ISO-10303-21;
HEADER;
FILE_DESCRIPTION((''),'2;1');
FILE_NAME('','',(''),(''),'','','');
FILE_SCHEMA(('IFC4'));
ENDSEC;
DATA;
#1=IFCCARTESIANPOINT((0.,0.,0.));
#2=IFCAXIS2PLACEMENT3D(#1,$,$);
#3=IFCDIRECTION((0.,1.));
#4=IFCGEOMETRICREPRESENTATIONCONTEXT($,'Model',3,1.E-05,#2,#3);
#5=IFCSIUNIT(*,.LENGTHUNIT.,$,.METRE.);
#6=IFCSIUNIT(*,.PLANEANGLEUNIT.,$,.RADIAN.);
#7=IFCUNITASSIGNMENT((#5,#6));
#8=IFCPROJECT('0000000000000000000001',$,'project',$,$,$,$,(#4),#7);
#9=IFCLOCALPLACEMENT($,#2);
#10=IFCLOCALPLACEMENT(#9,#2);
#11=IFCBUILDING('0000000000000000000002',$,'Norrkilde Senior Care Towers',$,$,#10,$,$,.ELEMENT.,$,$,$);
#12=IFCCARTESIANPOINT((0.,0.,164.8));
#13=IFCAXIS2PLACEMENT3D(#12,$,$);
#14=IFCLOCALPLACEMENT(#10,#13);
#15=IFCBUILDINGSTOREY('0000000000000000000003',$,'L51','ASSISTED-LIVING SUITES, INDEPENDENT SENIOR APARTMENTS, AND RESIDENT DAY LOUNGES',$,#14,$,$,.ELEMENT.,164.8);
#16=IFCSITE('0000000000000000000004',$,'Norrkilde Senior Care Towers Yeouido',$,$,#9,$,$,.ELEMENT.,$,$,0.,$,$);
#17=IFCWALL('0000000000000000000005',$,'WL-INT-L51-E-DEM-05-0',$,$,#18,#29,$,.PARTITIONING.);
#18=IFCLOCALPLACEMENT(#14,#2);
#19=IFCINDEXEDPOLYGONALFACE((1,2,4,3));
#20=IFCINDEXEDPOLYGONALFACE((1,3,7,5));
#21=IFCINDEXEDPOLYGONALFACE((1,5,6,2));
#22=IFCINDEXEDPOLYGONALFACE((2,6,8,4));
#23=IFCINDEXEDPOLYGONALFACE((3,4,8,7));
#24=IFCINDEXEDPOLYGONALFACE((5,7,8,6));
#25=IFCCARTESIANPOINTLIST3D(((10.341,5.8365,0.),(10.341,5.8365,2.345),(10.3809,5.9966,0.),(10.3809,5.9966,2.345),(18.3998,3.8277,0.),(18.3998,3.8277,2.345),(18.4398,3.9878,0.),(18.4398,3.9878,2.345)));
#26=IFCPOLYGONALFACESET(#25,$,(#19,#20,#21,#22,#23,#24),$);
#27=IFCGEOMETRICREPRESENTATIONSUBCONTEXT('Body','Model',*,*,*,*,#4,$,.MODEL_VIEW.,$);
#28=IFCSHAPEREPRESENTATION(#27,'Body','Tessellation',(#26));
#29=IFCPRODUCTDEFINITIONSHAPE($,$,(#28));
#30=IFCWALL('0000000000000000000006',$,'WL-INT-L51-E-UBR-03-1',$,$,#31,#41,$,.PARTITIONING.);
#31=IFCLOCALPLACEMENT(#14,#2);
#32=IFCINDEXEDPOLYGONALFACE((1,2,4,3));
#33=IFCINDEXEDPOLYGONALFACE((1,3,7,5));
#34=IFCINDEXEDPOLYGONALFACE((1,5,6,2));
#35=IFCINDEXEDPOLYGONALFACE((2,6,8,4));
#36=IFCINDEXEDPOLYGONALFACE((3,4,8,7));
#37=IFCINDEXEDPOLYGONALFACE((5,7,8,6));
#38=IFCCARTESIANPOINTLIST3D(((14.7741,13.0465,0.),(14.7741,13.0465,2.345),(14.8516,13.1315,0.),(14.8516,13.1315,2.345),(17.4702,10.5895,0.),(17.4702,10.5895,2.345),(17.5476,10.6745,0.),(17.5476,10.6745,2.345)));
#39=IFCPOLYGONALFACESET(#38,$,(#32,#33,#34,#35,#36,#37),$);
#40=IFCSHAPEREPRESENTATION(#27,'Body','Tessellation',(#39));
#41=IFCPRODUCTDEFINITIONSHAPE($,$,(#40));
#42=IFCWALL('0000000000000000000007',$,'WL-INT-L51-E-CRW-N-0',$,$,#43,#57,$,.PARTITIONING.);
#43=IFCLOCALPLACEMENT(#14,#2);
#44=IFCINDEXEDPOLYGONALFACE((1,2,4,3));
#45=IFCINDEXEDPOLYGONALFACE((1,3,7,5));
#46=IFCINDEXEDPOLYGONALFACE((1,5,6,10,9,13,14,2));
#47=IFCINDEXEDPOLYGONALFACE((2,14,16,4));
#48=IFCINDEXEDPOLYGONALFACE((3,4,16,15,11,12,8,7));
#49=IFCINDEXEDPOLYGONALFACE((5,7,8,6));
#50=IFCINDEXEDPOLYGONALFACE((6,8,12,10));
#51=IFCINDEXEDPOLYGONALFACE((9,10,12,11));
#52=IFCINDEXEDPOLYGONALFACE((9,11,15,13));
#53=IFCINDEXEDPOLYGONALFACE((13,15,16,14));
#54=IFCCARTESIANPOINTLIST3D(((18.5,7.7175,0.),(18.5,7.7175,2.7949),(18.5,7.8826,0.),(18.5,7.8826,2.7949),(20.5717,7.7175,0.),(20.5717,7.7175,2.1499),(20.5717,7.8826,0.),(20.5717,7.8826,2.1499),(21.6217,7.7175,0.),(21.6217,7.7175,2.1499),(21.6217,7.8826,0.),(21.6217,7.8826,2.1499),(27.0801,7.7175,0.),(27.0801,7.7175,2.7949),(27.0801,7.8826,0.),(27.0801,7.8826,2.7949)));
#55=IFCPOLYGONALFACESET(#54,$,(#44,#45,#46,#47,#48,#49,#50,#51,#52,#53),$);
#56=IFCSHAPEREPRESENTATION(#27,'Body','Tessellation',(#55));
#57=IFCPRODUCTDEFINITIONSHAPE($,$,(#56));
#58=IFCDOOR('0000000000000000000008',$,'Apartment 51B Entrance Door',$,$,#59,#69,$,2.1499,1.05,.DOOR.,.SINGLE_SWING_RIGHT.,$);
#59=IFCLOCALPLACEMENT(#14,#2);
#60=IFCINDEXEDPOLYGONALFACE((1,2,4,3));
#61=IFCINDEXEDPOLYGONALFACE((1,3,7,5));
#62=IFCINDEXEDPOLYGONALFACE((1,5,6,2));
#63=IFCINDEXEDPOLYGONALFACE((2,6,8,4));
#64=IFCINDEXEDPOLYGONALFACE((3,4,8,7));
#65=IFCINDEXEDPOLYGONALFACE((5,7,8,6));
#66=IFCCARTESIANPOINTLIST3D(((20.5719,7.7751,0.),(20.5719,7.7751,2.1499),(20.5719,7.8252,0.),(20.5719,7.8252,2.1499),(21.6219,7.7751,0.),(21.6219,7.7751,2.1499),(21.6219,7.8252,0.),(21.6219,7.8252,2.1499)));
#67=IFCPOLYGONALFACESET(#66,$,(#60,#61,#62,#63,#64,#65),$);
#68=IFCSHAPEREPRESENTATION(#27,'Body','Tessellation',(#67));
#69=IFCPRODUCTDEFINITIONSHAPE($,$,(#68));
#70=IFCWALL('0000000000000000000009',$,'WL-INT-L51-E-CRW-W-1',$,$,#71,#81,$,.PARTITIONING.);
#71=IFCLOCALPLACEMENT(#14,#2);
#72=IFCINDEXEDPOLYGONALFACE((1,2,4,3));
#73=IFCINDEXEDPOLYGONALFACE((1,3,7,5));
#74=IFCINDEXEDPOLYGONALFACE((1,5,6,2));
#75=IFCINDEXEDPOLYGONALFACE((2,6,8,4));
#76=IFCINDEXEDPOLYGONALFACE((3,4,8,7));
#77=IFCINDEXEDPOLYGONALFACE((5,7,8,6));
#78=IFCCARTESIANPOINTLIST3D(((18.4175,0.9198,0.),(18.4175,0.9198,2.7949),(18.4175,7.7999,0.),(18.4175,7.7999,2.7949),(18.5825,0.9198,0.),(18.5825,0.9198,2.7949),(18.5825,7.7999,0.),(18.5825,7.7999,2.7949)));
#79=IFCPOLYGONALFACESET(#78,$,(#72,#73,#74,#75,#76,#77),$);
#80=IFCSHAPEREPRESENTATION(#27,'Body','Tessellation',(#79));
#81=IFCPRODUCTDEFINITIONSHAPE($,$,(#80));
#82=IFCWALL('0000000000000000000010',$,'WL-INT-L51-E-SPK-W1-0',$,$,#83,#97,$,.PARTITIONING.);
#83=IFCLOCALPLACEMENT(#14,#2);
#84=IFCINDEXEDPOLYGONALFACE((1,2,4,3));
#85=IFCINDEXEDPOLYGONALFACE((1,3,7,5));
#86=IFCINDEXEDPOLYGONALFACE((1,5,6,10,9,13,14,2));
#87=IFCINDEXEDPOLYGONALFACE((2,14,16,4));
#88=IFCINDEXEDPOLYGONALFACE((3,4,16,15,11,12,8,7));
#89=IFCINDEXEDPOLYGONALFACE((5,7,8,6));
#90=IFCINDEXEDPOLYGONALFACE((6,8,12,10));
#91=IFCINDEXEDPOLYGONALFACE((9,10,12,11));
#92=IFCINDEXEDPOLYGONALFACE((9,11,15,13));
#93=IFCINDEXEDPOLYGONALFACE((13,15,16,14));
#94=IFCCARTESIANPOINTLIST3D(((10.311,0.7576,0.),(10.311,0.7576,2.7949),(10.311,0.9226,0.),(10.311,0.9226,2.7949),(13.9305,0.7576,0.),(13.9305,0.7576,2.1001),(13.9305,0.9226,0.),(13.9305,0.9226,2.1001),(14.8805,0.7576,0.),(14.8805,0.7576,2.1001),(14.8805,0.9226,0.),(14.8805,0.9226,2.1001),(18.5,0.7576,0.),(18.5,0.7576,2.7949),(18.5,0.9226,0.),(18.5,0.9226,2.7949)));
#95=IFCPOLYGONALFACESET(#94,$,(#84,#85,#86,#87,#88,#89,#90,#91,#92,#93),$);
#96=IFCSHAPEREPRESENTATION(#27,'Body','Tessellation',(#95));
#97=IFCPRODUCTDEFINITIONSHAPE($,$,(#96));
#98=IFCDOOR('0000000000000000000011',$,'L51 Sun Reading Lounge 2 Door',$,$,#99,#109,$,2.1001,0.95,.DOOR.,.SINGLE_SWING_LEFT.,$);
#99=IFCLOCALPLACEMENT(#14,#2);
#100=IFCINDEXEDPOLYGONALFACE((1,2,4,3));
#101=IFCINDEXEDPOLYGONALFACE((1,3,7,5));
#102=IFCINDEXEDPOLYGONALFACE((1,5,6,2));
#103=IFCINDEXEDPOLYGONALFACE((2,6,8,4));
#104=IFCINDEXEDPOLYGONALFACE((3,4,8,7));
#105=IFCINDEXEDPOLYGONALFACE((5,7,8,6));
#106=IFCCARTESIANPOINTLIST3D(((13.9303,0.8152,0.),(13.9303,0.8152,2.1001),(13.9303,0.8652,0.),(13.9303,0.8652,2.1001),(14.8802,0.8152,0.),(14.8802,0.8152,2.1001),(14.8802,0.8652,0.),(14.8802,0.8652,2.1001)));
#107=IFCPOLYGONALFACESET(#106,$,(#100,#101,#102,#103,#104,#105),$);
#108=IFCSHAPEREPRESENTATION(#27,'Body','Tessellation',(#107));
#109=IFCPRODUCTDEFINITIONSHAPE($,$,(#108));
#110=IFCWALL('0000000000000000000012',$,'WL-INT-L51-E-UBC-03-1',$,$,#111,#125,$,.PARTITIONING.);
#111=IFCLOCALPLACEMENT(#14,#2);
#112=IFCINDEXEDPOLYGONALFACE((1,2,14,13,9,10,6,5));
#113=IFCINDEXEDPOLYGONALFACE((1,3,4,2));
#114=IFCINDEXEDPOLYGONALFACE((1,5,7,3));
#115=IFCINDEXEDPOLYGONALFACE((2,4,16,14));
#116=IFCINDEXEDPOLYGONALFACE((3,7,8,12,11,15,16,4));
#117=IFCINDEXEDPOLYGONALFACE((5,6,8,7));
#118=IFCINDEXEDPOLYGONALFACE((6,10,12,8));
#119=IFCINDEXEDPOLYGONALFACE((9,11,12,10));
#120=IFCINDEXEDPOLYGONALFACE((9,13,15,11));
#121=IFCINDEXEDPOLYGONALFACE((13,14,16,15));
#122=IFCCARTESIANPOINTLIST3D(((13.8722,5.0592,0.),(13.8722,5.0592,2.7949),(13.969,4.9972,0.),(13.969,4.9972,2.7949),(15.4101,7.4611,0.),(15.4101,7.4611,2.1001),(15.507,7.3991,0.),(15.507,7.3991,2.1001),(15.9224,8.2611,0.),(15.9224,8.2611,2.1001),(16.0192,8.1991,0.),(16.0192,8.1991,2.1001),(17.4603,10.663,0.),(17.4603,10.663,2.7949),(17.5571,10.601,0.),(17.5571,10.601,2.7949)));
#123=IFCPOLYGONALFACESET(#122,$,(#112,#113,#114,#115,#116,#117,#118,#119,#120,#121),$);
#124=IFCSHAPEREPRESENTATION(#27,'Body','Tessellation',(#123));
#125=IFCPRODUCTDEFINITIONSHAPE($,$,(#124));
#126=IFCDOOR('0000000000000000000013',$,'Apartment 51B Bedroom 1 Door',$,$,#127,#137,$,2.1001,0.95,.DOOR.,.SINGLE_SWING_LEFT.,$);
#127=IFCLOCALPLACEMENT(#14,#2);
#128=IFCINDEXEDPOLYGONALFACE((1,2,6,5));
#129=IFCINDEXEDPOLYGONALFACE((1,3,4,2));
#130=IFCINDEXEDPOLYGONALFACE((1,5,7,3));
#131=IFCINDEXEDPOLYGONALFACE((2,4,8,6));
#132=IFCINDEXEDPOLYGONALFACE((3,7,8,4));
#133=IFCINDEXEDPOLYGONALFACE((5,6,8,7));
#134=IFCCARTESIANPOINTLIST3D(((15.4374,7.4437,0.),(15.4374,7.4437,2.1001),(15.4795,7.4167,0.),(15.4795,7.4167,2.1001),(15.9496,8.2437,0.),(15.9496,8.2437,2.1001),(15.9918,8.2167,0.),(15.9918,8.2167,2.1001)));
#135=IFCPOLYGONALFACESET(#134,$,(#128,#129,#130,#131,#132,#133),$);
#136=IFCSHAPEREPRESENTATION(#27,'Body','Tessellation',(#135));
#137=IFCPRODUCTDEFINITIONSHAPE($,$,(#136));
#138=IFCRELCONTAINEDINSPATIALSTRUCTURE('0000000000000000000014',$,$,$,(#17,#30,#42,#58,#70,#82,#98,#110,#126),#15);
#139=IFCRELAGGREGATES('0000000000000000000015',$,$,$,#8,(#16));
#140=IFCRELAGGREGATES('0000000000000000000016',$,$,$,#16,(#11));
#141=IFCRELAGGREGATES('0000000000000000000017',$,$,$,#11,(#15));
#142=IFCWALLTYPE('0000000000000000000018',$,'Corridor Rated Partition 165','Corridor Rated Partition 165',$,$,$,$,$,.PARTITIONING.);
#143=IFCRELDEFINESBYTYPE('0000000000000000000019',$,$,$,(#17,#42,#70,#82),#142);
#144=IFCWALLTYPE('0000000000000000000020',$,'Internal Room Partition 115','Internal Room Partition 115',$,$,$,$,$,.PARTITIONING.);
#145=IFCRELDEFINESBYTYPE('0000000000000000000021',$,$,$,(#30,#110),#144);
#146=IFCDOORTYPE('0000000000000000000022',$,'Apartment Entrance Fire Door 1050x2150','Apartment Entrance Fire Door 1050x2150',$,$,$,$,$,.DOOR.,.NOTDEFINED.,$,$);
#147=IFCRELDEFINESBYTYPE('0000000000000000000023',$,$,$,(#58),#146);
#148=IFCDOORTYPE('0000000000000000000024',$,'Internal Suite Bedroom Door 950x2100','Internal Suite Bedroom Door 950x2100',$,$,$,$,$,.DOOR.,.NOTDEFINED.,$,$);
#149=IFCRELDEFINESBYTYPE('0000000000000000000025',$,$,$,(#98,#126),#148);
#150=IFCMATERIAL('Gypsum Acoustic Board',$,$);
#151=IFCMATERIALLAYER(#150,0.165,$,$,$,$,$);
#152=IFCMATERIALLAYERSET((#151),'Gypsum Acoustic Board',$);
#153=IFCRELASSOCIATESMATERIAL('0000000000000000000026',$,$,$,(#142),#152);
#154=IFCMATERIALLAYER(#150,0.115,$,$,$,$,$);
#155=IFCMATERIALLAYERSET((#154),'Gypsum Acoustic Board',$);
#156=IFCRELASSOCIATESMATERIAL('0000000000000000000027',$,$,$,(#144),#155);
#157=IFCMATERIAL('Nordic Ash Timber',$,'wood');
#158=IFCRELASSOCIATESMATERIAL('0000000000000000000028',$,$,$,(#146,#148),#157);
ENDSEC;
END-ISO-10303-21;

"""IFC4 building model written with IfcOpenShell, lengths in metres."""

from ifc_helpers import new_model, si_unit, direction, frame, frame_2d, origin, place, context, subcontext, project, spatial, rectangle, extrude, source, transform, mapped, material, layer, layer_set, type_object, type_shapes, element, fill, save


model = new_model("IFC4")

# Units and contexts
model_context = context("Model", 3, precision=1e-05, world=origin(), true_north=direction((0.0, 1.0)))
body_context = subcontext(model_context, "Body", "Model", "MODEL_VIEW")
ifc_project = project(units=[si_unit("LENGTHUNIT", "METRE"), si_unit("PLANEANGLEUNIT", "RADIAN")], contexts=[model_context])

# Site, building, storey
site_placement = place(None, origin())
site = spatial("IfcSite", under=ifc_project, at=site_placement, Name="Norrkilde Senior Care Towers Yeouido", CompositionType="ELEMENT", RefElevation=0.0)
building_placement = place(site_placement, origin())
building = spatial("IfcBuilding", under=site, at=building_placement, Name="Norrkilde Senior Care Towers", CompositionType="ELEMENT")
storey_placement = place(building_placement, frame((0.0, 0.0, 164.8)))
storey = spatial("IfcBuildingStorey", under=building, at=storey_placement, Name="L51", Description="ASSISTED-LIVING SUITES, INDEPENDENT SENIOR APARTMENTS, AND RESIDENT DAY LOUNGES", CompositionType="ELEMENT", Elevation=164.8)

# Walls
ifc_material_1 = material(Name="Gypsum Acoustic Board")
ifc_layer_1 = layer(ifc_material_1, 0.165)
ifc_layer_set_1 = layer_set([ifc_layer_1], Name="Gypsum Acoustic Board")
wall_type_1 = type_object("IfcWallType", Name="Corridor Rated Partition 165", Description="Corridor Rated Partition 165", PredefinedType="PARTITIONING", material=ifc_layer_set_1)
shared_shape_1 = source(origin(), body_context, "Body", "SweptSolid", [
    extrude(rectangle(XDim=8.3054, YDim=0.165, at=frame_2d((4.1528, 0.0))), origin(), (0.0, 0.0, 1.0), 2.345),
])
wall_1_placement = place(storey_placement, frame((18.4199, 3.9077, 0.0), z_axis=(0.0, 0.0, 1.0), x_axis=(-0.97031, 0.241865, 0.0)))
element("IfcWall", 1, at=wall_1_placement, inside=storey, type_object=wall_type_1, Name="WL-INT-L51-E-DEM-05-0", PredefinedType="PARTITIONING", context=body_context, shape_type="MappedRepresentation", body=[
    mapped(shared_shape_1, transform((0.0, 0.0, 0.0), x_axis=(1.0, 0.0, 0.0), y_axis=(0.0, 1.0, 0.0), z_axis=(0.0, 0.0, 1.0), scale=1.0)),
])
ifc_layer_2 = layer(ifc_material_1, 0.115)
ifc_layer_set_2 = layer_set([ifc_layer_2], Name="Gypsum Acoustic Board")
wall_type_2 = type_object("IfcWallType", Name="Internal Room Partition 115", Description="Internal Room Partition 115", PredefinedType="PARTITIONING", material=ifc_layer_set_2)
shared_shape_2 = source(origin(), body_context, "Body", "SweptSolid", [
    extrude(rectangle(XDim=3.6477, YDim=0.115, at=frame_2d((1.8237, 0.0))), origin(), (0.0, 0.0, 1.0), 2.345),
])
wall_2_placement = place(storey_placement, frame((17.5088, 10.6321, 0.0), z_axis=(0.0, 0.0, 1.0), x_axis=(-0.73911, 0.673585, 0.0)))
element("IfcWall", 2, at=wall_2_placement, inside=storey, type_object=wall_type_2, Name="WL-INT-L51-E-UBR-03-1", PredefinedType="PARTITIONING", context=body_context, shape_type="MappedRepresentation", body=[
    mapped(shared_shape_2, transform((0.0, 0.0, 0.0), x_axis=(1.0, 0.0, 0.0), y_axis=(0.0, 1.0, 0.0), z_axis=(0.0, 0.0, 1.0), scale=1.0)),
])

# Wall, opening, door
shared_shape_3 = source(origin(), body_context, "Body", "SweptSolid", [
    extrude(rectangle(XDim=8.5801, YDim=0.165, at=frame_2d((4.29, 0.0))), origin(), (0.0, 0.0, 1.0), 2.7949),
])
wall_3_placement = place(storey_placement, frame((18.5, 7.8, 0.0), z_axis=(0.0, 0.0, 1.0), x_axis=(1.0, 0.0, 0.0)))
wall_3 = element("IfcWall", 3, at=wall_3_placement, inside=storey, type_object=wall_type_1, Name="WL-INT-L51-E-CRW-N-0", PredefinedType="PARTITIONING", context=body_context, shape_type="MappedRepresentation", body=[
    mapped(shared_shape_3, transform((0.0, 0.0, 0.0), x_axis=(1.0, 0.0, 0.0), y_axis=(0.0, 1.0, 0.0), z_axis=(0.0, 0.0, 1.0), scale=1.0)),
])
opening_1_placement = place(wall_3_placement, frame((2.0718, 0.0, 0.0)))
opening_1 = element("IfcOpeningElement", 4, at=opening_1_placement, cuts=wall_3, PredefinedType="OPENING", context=body_context, shape_type="SweptSolid", body=[
    extrude(rectangle(XDim=1.05, YDim=2.1499, at=frame_2d((0.5249, 1.075))), frame((0.0, 0.0925, 0.0), z_axis=(0.0, -1.0, 0.0), x_axis=(1.0, 0.0, 0.0)), (0.0, 0.0, 1.0), 0.1851),
])
ifc_material_2 = material(Name="Nordic Ash Timber", Category="wood")
door_type_1 = type_object("IfcDoorType", Name="Apartment Entrance Fire Door 1050x2150", Description="Apartment Entrance Fire Door 1050x2150", OperationType="NOTDEFINED", PredefinedType="DOOR", material=ifc_material_2)
shared_shape_4 = source(origin(), body_context, "Body", "SweptSolid", [
    extrude(rectangle(XDim=1.05, YDim=2.1499, at=frame_2d((0.5249, 1.075))), frame((0.0, 0.0249, 0.0), z_axis=(0.0, -1.0, 0.0), x_axis=(1.0, 0.0, 0.0)), (0.0, 0.0, 1.0), 0.05),
])
type_shapes(door_type_1, [shared_shape_4])
door_1_placement = place(opening_1_placement, frame((1.05, 0.0, 0.0), z_axis=(0.0, 0.0, 1.0), x_axis=(-1.0, 0.0, 0.0)))
door_1 = element("IfcDoor", 5, at=door_1_placement, inside=storey, type_object=door_type_1, Name="Apartment 51B Entrance Door", OperationType="SINGLE_SWING_RIGHT", OverallHeight=2.1499, OverallWidth=1.05, PredefinedType="DOOR", context=body_context, shape_type="MappedRepresentation", body=[
    mapped(shared_shape_4, transform((0.0, 0.0, 0.0), x_axis=(1.0, 0.0, 0.0), y_axis=(0.0, 1.0, 0.0), z_axis=(0.0, 0.0, 1.0), scale=1.0)),
])
fill(opening_1, door_1)

# Wall
shared_shape_5 = source(origin(), body_context, "Body", "SweptSolid", [
    extrude(rectangle(XDim=6.8801, YDim=0.165, at=frame_2d((3.4399, 0.0))), origin(), (0.0, 0.0, 1.0), 2.7949),
])
wall_4_placement = place(storey_placement, frame((18.5, 0.9199, 0.0), z_axis=(0.0, 0.0, 1.0), x_axis=(0.0, 1.0, 0.0)))
element("IfcWall", 6, at=wall_4_placement, inside=storey, type_object=wall_type_1, Name="WL-INT-L51-E-CRW-W-1", PredefinedType="PARTITIONING", context=body_context, shape_type="MappedRepresentation", body=[
    mapped(shared_shape_5, transform((0.0, 0.0, 0.0), x_axis=(1.0, 0.0, 0.0), y_axis=(0.0, 1.0, 0.0), z_axis=(0.0, 0.0, 1.0), scale=1.0)),
])

# Walls, openings, doors
shared_shape_6 = source(origin(), body_context, "Body", "SweptSolid", [
    extrude(rectangle(XDim=8.189, YDim=0.165, at=frame_2d((4.0945, 0.0))), origin(), (0.0, 0.0, 1.0), 2.7949),
])
type_shapes(wall_type_1, [shared_shape_1, shared_shape_3, shared_shape_5, shared_shape_6])
wall_5_placement = place(storey_placement, frame((10.311, 0.8401, 0.0), z_axis=(0.0, 0.0, 1.0), x_axis=(1.0, 0.0, 0.0)))
wall_5 = element("IfcWall", 7, at=wall_5_placement, inside=storey, type_object=wall_type_1, Name="WL-INT-L51-E-SPK-W1-0", PredefinedType="PARTITIONING", context=body_context, shape_type="MappedRepresentation", body=[
    mapped(shared_shape_6, transform((0.0, 0.0, 0.0), x_axis=(1.0, 0.0, 0.0), y_axis=(0.0, 1.0, 0.0), z_axis=(0.0, 0.0, 1.0), scale=1.0)),
])
opening_2_placement = place(wall_5_placement, frame((3.6194, 0.0, 0.0)))
opening_2 = element("IfcOpeningElement", 8, at=opening_2_placement, cuts=wall_5, PredefinedType="OPENING", context=body_context, shape_type="SweptSolid", body=[
    extrude(rectangle(XDim=0.95, YDim=2.1001, at=frame_2d((0.4751, 1.05))), frame((0.0, 0.0925, 0.0), z_axis=(0.0, -1.0, 0.0), x_axis=(1.0, 0.0, 0.0)), (0.0, 0.0, 1.0), 0.1851),
])
door_type_2 = type_object("IfcDoorType", Name="Internal Suite Bedroom Door 950x2100", Description="Internal Suite Bedroom Door 950x2100", OperationType="NOTDEFINED", PredefinedType="DOOR", material=ifc_material_2)
shared_shape_7 = source(origin(), body_context, "Body", "SweptSolid", [
    extrude(rectangle(XDim=0.95, YDim=2.1001, at=frame_2d((0.4751, 1.05))), frame((0.0, 0.0249, 0.0), z_axis=(0.0, -1.0, 0.0), x_axis=(1.0, 0.0, 0.0)), (0.0, 0.0, 1.0), 0.05),
])
type_shapes(door_type_2, [shared_shape_7])
door_2_placement = place(opening_2_placement, frame((0.95, 0.0, 0.0), z_axis=(0.0, 0.0, 1.0), x_axis=(-1.0, 0.0, 0.0)))
door_2 = element("IfcDoor", 9, at=door_2_placement, inside=storey, type_object=door_type_2, Name="L51 Sun Reading Lounge 2 Door", OperationType="SINGLE_SWING_LEFT", OverallHeight=2.1001, OverallWidth=0.95, PredefinedType="DOOR", context=body_context, shape_type="MappedRepresentation", body=[
    mapped(shared_shape_7, transform((0.0, 0.0, 0.0), x_axis=(1.0, 0.0, 0.0), y_axis=(0.0, 1.0, 0.0), z_axis=(0.0, 0.0, 1.0), scale=1.0)),
])
fill(opening_2, door_2)
shared_shape_8 = source(origin(), body_context, "Body", "SweptSolid", [
    extrude(rectangle(XDim=6.6541, YDim=0.115, at=frame_2d((3.3271, 0.0))), origin(), (0.0, 0.0, 1.0), 2.7949),
])
type_shapes(wall_type_2, [shared_shape_2, shared_shape_8])
wall_6_placement = place(storey_placement, frame((17.5088, 10.6321, 0.0), z_axis=(0.0, 0.0, 1.0), x_axis=(-0.539238, -0.842153, 0.0)))
wall_6 = element("IfcWall", 10, at=wall_6_placement, inside=storey, type_object=wall_type_2, Name="WL-INT-L51-E-UBC-03-1", PredefinedType="PARTITIONING", context=body_context, shape_type="MappedRepresentation", body=[
    mapped(shared_shape_8, transform((0.0, 0.0, 0.0), x_axis=(1.0, 0.0, 0.0), y_axis=(0.0, 1.0, 0.0), z_axis=(0.0, 0.0, 1.0), scale=1.0)),
])
opening_3_placement = place(wall_6_placement, frame((2.8521, 0.0, 0.0)))
opening_3 = element("IfcOpeningElement", 11, at=opening_3_placement, cuts=wall_6, PredefinedType="OPENING", context=body_context, shape_type="SweptSolid", body=[
    extrude(rectangle(XDim=0.95, YDim=2.1001, at=frame_2d((0.4751, 1.05))), frame((0.0, 0.0674, 0.0), z_axis=(0.0, -1.0, 0.0), x_axis=(1.0, 0.0, 0.0)), (0.0, 0.0, 1.0), 0.135),
])
door_3_placement = place(opening_3_placement, origin())
door_3 = element("IfcDoor", 12, at=door_3_placement, inside=storey, type_object=door_type_2, Name="Apartment 51B Bedroom 1 Door", OperationType="SINGLE_SWING_LEFT", OverallHeight=2.1001, OverallWidth=0.95, PredefinedType="DOOR", context=body_context, shape_type="MappedRepresentation", body=[
    mapped(shared_shape_7, transform((0.0, 0.0, 0.0), x_axis=(1.0, 0.0, 0.0), y_axis=(0.0, 1.0, 0.0), z_axis=(0.0, 0.0, 1.0), scale=1.0)),
])
fill(opening_3, door_3)

save(model, "model.ifc")
